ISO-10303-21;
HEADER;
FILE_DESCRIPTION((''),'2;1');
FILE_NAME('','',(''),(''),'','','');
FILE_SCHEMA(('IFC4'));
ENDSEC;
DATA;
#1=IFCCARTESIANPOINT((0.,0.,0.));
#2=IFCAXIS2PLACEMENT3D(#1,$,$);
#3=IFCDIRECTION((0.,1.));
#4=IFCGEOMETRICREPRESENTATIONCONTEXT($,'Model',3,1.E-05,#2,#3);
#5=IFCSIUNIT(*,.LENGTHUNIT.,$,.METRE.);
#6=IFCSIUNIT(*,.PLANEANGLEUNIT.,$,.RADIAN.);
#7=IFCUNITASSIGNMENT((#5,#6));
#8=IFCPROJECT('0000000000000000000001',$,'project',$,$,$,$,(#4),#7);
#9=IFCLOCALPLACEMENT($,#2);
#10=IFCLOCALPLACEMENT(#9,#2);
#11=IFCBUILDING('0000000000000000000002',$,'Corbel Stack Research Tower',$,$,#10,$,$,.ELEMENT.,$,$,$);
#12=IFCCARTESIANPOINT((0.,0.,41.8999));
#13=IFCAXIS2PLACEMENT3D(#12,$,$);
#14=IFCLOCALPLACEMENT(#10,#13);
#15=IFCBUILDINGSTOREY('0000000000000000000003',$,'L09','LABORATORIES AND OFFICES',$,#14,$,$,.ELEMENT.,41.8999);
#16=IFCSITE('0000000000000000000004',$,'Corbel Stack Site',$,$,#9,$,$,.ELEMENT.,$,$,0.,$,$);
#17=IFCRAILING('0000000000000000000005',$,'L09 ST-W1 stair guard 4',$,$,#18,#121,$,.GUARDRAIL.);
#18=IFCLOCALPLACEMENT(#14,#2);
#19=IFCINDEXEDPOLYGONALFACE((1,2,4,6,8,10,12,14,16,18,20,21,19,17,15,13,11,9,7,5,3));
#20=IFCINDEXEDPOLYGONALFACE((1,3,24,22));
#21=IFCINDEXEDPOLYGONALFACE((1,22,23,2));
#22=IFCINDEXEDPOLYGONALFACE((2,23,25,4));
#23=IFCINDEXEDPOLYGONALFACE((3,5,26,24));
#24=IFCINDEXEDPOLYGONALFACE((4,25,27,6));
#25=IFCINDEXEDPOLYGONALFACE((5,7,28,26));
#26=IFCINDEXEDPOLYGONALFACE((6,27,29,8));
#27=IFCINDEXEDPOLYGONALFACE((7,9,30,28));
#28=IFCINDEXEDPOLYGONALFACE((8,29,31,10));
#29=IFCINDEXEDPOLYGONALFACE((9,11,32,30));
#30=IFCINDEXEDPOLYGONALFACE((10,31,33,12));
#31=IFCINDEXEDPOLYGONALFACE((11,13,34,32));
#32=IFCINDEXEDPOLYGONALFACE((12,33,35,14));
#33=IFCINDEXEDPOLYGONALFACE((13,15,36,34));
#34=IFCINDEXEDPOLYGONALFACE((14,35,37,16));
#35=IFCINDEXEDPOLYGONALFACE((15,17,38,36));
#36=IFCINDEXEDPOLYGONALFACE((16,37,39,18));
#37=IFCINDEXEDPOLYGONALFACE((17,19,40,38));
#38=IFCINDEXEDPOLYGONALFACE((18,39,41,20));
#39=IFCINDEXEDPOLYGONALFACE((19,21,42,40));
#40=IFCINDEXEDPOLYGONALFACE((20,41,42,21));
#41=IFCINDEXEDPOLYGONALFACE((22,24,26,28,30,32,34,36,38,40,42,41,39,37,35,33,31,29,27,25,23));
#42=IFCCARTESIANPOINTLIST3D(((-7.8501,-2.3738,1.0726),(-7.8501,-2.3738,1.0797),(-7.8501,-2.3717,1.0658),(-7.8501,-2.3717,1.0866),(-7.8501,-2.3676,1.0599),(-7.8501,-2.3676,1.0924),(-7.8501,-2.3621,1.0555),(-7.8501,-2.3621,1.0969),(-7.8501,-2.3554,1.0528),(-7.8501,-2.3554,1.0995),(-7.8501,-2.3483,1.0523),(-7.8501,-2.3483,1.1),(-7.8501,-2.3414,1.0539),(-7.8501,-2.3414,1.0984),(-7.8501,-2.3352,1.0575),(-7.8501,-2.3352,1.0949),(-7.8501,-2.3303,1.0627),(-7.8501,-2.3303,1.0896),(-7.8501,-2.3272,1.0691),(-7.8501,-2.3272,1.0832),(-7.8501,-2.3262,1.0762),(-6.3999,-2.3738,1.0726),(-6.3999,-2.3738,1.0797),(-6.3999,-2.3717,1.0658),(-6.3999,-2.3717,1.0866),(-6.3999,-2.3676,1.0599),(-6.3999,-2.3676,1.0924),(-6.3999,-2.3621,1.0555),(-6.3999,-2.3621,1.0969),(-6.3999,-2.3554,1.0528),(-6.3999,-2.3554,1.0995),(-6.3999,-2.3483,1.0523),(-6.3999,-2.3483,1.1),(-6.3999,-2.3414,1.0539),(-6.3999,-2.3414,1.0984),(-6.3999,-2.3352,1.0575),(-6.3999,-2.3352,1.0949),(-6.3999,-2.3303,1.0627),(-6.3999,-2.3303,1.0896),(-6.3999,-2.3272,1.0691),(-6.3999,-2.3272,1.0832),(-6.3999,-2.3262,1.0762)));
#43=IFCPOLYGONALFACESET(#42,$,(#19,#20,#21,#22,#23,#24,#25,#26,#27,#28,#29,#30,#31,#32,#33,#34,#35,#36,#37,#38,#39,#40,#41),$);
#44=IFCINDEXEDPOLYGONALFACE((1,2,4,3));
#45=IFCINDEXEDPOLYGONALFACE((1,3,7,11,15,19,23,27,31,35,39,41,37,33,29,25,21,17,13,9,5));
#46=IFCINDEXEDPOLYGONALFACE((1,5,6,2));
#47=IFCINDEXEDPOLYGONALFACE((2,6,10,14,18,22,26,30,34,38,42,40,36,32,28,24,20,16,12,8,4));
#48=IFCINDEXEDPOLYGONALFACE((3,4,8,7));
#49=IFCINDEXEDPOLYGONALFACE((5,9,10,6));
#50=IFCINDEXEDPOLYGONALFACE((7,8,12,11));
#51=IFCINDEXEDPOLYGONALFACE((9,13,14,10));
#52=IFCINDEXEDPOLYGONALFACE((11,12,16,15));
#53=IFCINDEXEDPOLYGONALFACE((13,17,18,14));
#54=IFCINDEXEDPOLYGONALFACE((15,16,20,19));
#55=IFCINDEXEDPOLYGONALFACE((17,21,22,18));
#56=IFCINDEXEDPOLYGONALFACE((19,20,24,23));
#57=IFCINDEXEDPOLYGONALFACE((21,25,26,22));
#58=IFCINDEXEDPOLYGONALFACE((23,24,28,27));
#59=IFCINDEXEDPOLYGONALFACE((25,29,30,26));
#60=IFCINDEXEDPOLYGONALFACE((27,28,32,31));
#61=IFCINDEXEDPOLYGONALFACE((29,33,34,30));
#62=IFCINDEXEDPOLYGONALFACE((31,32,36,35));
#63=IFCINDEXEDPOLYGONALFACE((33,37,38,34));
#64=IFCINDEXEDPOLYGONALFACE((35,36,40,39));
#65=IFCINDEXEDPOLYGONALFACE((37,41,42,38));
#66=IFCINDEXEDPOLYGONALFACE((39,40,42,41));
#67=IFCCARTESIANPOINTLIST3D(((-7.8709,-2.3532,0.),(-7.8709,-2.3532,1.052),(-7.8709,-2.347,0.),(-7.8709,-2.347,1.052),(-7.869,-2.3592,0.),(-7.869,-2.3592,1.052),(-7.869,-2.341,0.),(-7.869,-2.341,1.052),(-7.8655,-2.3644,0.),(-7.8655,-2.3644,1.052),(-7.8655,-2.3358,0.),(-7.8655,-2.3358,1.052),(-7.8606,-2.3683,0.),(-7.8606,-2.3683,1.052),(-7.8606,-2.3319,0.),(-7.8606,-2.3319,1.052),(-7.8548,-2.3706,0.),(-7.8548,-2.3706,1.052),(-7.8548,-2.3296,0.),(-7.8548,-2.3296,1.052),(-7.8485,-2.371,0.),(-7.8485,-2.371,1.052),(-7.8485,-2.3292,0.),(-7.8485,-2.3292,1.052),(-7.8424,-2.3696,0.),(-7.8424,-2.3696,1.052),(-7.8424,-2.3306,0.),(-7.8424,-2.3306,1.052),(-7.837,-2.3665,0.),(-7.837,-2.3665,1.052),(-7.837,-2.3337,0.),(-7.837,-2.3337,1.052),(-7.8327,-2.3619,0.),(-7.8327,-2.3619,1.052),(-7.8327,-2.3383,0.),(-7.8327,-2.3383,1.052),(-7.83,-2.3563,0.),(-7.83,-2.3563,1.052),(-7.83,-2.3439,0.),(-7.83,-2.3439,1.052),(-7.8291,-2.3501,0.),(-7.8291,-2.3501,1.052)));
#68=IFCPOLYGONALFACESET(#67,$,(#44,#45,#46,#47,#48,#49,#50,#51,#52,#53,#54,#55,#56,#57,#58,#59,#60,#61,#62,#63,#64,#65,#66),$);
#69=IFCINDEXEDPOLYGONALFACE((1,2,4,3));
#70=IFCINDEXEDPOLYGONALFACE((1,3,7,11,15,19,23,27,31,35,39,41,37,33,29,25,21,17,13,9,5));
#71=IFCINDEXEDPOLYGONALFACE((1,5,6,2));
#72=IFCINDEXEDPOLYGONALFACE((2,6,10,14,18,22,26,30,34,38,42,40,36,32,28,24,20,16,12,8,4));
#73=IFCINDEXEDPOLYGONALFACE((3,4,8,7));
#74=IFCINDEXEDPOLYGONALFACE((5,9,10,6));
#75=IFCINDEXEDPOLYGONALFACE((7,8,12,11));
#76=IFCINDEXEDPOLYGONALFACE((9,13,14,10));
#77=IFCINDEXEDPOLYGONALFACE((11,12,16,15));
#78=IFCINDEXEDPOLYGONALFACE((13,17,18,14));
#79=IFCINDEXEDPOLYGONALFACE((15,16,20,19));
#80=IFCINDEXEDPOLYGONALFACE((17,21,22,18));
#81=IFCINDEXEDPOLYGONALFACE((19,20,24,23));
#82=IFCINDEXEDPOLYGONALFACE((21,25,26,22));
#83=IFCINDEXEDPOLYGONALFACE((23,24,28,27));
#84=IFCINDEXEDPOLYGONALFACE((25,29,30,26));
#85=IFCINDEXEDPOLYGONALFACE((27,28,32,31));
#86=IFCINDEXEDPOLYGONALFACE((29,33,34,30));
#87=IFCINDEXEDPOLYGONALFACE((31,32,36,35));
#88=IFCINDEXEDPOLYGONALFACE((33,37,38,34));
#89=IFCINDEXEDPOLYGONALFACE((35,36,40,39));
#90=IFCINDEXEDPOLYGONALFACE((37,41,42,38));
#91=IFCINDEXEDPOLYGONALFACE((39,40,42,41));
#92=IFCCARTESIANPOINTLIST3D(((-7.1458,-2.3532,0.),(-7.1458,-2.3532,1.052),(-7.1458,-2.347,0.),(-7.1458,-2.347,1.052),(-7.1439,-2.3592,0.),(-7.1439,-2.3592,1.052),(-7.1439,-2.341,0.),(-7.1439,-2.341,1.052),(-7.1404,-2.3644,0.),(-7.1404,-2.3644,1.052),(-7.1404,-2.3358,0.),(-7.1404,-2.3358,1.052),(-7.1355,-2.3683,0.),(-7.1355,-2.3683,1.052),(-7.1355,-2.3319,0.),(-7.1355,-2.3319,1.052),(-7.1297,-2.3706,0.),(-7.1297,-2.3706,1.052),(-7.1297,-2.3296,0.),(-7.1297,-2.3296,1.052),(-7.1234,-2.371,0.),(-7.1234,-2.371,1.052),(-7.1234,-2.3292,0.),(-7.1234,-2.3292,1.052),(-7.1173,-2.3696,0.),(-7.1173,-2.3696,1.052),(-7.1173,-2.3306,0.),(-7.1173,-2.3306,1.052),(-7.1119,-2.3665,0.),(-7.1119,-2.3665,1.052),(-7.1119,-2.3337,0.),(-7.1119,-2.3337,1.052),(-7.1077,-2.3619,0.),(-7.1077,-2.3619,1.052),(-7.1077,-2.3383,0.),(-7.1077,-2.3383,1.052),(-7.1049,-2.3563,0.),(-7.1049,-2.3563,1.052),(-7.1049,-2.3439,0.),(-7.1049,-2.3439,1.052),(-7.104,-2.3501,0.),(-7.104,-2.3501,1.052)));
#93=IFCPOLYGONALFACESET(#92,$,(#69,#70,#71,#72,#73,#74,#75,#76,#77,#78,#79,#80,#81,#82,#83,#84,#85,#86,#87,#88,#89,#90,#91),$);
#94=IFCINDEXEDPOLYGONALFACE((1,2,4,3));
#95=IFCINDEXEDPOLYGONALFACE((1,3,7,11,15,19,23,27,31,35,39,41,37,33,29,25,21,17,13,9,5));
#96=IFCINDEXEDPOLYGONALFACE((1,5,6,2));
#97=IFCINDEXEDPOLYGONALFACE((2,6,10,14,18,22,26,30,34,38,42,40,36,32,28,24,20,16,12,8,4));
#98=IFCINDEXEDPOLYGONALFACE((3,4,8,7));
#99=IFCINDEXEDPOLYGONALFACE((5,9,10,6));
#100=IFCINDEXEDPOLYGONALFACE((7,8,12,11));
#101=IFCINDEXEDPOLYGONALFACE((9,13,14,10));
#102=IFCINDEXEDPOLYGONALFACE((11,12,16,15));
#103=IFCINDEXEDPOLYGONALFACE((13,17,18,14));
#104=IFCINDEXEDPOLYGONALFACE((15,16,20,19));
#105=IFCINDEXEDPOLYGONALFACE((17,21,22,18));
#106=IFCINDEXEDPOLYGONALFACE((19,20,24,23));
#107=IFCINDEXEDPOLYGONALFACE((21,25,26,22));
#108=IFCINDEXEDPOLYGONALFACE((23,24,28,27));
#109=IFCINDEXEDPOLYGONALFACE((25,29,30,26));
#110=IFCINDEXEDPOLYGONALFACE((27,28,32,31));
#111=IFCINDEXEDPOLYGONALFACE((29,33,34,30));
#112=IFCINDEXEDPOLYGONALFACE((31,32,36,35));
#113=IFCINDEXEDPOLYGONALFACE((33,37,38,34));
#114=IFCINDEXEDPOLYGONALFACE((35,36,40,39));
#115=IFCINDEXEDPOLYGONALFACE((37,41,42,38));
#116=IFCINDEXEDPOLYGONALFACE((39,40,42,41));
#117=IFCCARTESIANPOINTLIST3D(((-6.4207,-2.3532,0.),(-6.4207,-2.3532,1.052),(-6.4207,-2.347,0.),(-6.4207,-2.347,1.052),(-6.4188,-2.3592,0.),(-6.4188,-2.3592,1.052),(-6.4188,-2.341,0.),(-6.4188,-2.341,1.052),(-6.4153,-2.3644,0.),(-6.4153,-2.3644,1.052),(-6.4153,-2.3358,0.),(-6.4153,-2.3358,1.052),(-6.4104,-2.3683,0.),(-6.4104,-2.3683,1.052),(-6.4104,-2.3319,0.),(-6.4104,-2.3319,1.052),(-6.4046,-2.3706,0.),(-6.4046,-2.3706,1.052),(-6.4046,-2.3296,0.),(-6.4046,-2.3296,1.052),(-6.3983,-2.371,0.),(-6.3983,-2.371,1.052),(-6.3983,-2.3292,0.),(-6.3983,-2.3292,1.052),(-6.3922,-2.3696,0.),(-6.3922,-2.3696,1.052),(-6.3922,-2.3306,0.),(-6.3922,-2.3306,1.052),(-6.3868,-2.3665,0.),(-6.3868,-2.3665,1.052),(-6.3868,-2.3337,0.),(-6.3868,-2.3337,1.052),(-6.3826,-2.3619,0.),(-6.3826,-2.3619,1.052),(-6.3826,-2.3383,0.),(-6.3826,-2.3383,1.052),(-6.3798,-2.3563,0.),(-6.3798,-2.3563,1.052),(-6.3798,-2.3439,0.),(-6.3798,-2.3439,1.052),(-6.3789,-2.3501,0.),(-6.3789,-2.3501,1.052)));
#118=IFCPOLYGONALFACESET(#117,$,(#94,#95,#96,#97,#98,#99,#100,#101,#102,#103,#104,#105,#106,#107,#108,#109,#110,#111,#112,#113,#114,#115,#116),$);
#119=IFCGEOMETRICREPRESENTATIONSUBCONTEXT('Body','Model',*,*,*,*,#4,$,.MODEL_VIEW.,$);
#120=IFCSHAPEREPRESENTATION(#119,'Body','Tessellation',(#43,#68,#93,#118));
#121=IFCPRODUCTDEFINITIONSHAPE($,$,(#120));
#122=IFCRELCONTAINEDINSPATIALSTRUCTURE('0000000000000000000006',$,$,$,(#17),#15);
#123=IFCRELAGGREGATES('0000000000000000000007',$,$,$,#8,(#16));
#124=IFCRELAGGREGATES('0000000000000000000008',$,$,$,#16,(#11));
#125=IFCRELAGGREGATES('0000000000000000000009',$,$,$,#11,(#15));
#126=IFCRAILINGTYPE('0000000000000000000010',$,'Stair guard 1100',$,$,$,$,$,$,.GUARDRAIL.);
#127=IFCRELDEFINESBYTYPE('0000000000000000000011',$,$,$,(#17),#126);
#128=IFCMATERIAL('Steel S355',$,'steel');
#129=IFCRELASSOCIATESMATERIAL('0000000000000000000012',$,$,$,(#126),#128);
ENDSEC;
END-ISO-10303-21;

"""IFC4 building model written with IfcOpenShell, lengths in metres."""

from ifc_helpers import new_model, si_unit, direction, frame, origin, origin_2d, place, context, subcontext, project, spatial, circle, extrude, material, type_object, element, save


model = new_model("IFC4")

# Units and contexts
model_context = context("Model", 3, precision=1e-05, world=origin(), true_north=direction((0.0, 1.0)))
body_context = subcontext(model_context, "Body", "Model", "MODEL_VIEW")
ifc_project = project(units=[si_unit("LENGTHUNIT", "METRE"), si_unit("PLANEANGLEUNIT", "RADIAN")], contexts=[model_context])

# Site, building, storey
site_placement = place(None, origin())
site = spatial("IfcSite", under=ifc_project, at=site_placement, Name="Corbel Stack Site", CompositionType="ELEMENT", RefElevation=0.0)
building_placement = place(site_placement, origin())
building = spatial("IfcBuilding", under=site, at=building_placement, Name="Corbel Stack Research Tower", CompositionType="ELEMENT")
storey_placement = place(building_placement, frame((0.0, 0.0, 41.8999)))
storey = spatial("IfcBuildingStorey", under=building, at=storey_placement, Name="L09", Description="LABORATORIES AND OFFICES", CompositionType="ELEMENT", Elevation=41.8999)

# Railing
ifc_material_1 = material(Name="Steel S355", Category="steel")
railing_type_1 = type_object("IfcRailingType", Name="Stair guard 1100", PredefinedType="GUARDRAIL", material=ifc_material_1)
railing_1_placement = place(storey_placement, frame((-7.8501, -2.3501, 0.0)))
element("IfcRailing", 1, at=railing_1_placement, inside=storey, type_object=railing_type_1, Name="L09 ST-W1 stair guard 4", PredefinedType="GUARDRAIL", context=body_context, shape_type="SweptSolid", body=[
    extrude(circle(Radius=0.0239, at=origin_2d()), frame((0.0, 0.0, 1.0762), z_axis=(1.0, 0.0, 0.0), x_axis=(0.0, 1.0, 0.0)), (0.0, 0.0, 1.0), 1.4502),
    extrude(circle(Radius=0.021, at=origin_2d()), origin(), (0.0, 0.0, 1.0), 1.052),
    extrude(circle(Radius=0.021, at=origin_2d()), frame((0.7251, 0.0, 0.0)), (0.0, 0.0, 1.0), 1.052),
    extrude(circle(Radius=0.021, at=origin_2d()), frame((1.4502, 0.0, 0.0)), (0.0, 0.0, 1.0), 1.052),
])

save(model, "model.ifc")
